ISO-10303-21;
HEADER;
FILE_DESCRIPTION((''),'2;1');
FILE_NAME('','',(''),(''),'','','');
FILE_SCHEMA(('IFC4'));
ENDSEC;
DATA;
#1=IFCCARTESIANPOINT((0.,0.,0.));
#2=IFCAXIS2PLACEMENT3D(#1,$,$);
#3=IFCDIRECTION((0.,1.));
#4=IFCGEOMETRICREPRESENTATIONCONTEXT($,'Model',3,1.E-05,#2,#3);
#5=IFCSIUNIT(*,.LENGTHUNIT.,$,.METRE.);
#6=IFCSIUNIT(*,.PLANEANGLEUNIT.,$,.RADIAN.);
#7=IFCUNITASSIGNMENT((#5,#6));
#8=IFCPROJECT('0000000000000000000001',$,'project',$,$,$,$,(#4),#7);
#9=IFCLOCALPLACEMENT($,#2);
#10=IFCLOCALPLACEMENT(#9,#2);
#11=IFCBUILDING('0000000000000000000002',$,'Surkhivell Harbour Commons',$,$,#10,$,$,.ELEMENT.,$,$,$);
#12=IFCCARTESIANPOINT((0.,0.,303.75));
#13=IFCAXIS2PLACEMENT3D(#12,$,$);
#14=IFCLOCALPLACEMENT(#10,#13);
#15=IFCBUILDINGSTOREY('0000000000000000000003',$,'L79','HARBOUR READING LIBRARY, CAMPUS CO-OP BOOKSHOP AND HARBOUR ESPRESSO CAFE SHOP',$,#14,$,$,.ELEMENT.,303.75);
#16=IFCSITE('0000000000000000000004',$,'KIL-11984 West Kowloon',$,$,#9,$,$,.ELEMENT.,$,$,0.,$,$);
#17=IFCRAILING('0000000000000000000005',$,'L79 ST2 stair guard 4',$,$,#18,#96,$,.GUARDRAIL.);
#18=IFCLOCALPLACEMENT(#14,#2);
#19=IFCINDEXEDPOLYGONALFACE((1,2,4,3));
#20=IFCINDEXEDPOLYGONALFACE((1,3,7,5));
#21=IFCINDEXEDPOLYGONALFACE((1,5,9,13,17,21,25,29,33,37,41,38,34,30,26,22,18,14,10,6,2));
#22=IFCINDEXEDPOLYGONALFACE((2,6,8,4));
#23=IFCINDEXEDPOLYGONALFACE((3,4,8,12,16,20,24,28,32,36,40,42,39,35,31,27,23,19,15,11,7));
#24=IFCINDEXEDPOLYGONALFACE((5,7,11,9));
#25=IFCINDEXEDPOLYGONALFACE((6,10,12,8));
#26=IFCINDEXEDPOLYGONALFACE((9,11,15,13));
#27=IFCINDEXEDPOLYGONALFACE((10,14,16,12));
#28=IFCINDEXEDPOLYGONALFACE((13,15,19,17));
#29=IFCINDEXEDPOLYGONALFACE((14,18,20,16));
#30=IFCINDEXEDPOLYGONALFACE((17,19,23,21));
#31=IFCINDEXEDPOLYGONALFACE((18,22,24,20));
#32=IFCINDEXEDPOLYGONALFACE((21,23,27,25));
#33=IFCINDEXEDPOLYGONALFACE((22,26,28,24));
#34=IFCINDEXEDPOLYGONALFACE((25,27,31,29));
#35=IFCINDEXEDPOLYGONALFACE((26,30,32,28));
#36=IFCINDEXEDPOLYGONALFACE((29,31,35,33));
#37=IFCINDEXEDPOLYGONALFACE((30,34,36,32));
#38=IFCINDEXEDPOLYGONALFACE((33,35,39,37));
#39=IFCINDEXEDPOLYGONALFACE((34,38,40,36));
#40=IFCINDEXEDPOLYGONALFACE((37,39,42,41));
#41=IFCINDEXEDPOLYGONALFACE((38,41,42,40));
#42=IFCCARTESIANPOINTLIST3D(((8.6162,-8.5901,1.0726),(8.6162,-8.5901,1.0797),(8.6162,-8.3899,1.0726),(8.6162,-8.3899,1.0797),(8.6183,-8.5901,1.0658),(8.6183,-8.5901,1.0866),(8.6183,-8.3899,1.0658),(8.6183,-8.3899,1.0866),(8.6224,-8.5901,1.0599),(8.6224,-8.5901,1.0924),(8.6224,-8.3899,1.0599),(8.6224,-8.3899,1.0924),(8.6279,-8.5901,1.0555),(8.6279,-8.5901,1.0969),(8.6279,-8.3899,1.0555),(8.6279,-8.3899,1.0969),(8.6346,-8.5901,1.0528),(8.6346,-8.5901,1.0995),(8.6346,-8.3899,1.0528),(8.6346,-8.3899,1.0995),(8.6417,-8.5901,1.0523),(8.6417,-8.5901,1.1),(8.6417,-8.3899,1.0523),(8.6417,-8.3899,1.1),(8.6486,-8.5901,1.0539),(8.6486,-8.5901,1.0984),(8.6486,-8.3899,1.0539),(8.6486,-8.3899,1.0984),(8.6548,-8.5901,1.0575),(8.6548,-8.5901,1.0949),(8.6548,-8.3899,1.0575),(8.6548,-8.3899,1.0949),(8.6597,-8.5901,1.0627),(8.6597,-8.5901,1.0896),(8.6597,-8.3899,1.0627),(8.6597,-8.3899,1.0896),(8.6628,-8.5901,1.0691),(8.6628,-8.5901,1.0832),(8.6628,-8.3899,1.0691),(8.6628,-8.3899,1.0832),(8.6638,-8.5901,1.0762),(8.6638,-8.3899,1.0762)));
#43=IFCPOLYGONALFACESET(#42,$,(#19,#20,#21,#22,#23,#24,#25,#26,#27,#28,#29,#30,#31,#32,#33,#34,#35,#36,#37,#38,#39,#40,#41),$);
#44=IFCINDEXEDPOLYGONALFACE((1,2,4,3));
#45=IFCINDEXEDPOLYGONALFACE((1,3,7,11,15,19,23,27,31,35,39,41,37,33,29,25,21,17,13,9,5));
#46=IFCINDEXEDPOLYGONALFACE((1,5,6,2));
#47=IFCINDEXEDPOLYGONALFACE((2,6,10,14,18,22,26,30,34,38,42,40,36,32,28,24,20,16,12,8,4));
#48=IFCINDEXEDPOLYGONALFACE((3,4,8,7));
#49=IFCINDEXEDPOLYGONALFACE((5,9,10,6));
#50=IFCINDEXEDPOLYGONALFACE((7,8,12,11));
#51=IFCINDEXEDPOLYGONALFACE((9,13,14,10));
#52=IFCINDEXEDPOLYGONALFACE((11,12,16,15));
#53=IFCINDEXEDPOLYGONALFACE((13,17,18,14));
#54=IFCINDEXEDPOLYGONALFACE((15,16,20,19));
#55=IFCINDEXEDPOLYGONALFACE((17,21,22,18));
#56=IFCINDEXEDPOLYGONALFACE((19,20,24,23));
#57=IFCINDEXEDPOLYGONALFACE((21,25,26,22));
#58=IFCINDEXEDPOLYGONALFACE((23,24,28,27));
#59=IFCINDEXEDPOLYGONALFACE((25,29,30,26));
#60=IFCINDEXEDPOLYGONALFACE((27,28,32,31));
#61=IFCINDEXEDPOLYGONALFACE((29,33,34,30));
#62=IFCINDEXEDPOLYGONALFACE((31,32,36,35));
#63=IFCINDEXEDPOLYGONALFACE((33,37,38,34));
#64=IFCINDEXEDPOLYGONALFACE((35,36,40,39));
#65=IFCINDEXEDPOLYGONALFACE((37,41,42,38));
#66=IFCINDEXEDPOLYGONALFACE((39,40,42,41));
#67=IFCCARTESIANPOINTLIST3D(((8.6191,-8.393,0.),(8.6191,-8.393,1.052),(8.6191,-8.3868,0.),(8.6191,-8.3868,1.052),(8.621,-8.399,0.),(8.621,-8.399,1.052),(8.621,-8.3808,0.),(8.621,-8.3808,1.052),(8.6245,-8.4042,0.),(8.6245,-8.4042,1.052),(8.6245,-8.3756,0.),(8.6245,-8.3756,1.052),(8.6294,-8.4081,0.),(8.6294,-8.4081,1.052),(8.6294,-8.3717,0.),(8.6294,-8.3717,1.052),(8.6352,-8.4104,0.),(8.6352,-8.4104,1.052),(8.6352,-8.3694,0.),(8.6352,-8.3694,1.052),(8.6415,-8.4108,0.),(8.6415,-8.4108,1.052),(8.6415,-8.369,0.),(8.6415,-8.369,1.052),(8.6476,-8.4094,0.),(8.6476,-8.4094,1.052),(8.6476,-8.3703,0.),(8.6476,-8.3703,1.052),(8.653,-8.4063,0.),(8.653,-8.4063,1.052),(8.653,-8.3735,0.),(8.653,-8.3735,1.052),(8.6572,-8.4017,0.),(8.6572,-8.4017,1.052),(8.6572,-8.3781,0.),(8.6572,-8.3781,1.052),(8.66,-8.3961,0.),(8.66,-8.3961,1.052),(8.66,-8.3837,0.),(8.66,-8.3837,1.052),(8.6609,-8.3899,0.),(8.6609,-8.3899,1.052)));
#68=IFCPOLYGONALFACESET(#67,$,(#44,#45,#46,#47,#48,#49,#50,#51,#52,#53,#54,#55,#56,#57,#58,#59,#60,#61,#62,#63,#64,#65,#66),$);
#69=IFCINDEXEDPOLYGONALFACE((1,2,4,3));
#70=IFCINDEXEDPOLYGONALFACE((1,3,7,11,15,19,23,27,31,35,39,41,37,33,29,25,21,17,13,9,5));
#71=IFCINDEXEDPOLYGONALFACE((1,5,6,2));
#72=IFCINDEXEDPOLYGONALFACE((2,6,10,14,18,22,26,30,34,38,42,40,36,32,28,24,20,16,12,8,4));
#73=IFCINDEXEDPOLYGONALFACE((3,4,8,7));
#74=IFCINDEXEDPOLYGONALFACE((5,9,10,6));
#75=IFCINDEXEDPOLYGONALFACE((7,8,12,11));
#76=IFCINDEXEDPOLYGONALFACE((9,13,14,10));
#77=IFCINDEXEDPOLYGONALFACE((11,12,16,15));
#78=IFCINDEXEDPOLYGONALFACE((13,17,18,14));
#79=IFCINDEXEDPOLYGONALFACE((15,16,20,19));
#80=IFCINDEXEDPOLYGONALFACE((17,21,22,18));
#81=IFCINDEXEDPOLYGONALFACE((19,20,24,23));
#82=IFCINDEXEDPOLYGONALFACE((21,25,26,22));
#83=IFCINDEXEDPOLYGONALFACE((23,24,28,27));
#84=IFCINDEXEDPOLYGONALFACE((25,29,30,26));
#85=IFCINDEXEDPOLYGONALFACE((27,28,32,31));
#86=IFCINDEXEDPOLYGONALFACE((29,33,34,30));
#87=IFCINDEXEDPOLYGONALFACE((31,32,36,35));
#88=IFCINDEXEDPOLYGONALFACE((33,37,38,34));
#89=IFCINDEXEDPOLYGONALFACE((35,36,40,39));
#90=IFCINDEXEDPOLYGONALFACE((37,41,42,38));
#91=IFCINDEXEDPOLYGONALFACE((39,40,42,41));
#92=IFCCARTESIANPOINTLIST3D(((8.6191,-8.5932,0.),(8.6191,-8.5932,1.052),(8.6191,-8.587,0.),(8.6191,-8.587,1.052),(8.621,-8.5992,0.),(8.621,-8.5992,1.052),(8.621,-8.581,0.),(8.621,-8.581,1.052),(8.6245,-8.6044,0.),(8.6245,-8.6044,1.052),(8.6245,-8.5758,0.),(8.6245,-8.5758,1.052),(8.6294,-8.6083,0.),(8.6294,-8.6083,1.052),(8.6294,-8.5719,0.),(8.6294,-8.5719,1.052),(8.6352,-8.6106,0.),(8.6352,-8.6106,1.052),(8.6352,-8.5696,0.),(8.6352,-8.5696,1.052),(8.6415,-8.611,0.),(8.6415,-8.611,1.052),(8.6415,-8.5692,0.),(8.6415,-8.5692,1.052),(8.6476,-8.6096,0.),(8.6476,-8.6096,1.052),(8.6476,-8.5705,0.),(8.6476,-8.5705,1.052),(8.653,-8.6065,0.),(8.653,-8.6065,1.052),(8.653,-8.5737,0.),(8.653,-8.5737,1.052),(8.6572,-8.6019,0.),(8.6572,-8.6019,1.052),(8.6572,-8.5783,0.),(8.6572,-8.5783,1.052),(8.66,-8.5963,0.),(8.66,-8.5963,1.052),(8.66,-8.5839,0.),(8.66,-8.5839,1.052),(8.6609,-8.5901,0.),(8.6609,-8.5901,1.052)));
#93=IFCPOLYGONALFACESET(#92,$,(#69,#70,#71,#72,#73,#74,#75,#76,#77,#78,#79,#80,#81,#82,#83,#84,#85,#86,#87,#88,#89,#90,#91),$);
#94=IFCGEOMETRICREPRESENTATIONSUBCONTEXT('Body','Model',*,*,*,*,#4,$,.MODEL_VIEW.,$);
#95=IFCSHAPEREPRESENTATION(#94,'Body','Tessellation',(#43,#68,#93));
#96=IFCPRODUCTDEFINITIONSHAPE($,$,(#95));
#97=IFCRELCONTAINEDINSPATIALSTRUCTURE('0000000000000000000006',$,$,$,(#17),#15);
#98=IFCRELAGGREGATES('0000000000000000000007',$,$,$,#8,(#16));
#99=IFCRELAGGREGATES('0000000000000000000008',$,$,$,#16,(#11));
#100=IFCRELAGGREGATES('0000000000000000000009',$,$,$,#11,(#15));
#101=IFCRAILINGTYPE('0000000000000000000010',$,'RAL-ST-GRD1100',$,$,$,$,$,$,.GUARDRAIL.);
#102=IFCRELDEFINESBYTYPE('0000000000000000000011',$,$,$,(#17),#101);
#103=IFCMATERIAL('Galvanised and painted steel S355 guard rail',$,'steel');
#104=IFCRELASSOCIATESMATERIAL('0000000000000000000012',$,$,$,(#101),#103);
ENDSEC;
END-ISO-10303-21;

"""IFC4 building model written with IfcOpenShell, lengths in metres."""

from ifc_helpers import new_model, si_unit, direction, frame, origin, origin_2d, place, context, subcontext, project, spatial, circle, extrude, material, type_object, element, save


model = new_model("IFC4")

# Units and contexts
model_context = context("Model", 3, precision=1e-05, world=origin(), true_north=direction((0.0, 1.0)))
body_context = subcontext(model_context, "Body", "Model", "MODEL_VIEW")
ifc_project = project(units=[si_unit("LENGTHUNIT", "METRE"), si_unit("PLANEANGLEUNIT", "RADIAN")], contexts=[model_context])

# Site, building, storey
site_placement = place(None, origin())
site = spatial("IfcSite", under=ifc_project, at=site_placement, Name="KIL-11984 West Kowloon", CompositionType="ELEMENT", RefElevation=0.0)
building_placement = place(site_placement, origin())
building = spatial("IfcBuilding", under=site, at=building_placement, Name="Surkhivell Harbour Commons", CompositionType="ELEMENT")
storey_placement = place(building_placement, frame((0.0, 0.0, 303.75)))
storey = spatial("IfcBuildingStorey", under=building, at=storey_placement, Name="L79", Description="HARBOUR READING LIBRARY, CAMPUS CO-OP BOOKSHOP AND HARBOUR ESPRESSO CAFE SHOP", CompositionType="ELEMENT", Elevation=303.75)

# Railing
ifc_material_1 = material(Name="Galvanised and painted steel S355 guard rail", Category="steel")
railing_type_1 = type_object("IfcRailingType", Name="RAL-ST-GRD1100", PredefinedType="GUARDRAIL", material=ifc_material_1)
railing_1_placement = place(storey_placement, frame((8.6399, -8.3899, 0.0)))
element("IfcRailing", 1, at=railing_1_placement, inside=storey, type_object=railing_type_1, Name="L79 ST2 stair guard 4", PredefinedType="GUARDRAIL", context=body_context, shape_type="SweptSolid", body=[
    extrude(circle(Radius=0.0239, at=origin_2d()), frame((0.0, 0.0, 1.0762), z_axis=(0.0, -1.0, 0.0), x_axis=(1.0, 0.0, 0.0)), (0.0, 0.0, 1.0), 0.2002),
    extrude(circle(Radius=0.021, at=origin_2d()), origin(), (0.0, 0.0, 1.0), 1.052),
    extrude(circle(Radius=0.021, at=origin_2d()), frame((0.0, -0.2002, 0.0)), (0.0, 0.0, 1.0), 1.052),
])

save(model, "model.ifc")
